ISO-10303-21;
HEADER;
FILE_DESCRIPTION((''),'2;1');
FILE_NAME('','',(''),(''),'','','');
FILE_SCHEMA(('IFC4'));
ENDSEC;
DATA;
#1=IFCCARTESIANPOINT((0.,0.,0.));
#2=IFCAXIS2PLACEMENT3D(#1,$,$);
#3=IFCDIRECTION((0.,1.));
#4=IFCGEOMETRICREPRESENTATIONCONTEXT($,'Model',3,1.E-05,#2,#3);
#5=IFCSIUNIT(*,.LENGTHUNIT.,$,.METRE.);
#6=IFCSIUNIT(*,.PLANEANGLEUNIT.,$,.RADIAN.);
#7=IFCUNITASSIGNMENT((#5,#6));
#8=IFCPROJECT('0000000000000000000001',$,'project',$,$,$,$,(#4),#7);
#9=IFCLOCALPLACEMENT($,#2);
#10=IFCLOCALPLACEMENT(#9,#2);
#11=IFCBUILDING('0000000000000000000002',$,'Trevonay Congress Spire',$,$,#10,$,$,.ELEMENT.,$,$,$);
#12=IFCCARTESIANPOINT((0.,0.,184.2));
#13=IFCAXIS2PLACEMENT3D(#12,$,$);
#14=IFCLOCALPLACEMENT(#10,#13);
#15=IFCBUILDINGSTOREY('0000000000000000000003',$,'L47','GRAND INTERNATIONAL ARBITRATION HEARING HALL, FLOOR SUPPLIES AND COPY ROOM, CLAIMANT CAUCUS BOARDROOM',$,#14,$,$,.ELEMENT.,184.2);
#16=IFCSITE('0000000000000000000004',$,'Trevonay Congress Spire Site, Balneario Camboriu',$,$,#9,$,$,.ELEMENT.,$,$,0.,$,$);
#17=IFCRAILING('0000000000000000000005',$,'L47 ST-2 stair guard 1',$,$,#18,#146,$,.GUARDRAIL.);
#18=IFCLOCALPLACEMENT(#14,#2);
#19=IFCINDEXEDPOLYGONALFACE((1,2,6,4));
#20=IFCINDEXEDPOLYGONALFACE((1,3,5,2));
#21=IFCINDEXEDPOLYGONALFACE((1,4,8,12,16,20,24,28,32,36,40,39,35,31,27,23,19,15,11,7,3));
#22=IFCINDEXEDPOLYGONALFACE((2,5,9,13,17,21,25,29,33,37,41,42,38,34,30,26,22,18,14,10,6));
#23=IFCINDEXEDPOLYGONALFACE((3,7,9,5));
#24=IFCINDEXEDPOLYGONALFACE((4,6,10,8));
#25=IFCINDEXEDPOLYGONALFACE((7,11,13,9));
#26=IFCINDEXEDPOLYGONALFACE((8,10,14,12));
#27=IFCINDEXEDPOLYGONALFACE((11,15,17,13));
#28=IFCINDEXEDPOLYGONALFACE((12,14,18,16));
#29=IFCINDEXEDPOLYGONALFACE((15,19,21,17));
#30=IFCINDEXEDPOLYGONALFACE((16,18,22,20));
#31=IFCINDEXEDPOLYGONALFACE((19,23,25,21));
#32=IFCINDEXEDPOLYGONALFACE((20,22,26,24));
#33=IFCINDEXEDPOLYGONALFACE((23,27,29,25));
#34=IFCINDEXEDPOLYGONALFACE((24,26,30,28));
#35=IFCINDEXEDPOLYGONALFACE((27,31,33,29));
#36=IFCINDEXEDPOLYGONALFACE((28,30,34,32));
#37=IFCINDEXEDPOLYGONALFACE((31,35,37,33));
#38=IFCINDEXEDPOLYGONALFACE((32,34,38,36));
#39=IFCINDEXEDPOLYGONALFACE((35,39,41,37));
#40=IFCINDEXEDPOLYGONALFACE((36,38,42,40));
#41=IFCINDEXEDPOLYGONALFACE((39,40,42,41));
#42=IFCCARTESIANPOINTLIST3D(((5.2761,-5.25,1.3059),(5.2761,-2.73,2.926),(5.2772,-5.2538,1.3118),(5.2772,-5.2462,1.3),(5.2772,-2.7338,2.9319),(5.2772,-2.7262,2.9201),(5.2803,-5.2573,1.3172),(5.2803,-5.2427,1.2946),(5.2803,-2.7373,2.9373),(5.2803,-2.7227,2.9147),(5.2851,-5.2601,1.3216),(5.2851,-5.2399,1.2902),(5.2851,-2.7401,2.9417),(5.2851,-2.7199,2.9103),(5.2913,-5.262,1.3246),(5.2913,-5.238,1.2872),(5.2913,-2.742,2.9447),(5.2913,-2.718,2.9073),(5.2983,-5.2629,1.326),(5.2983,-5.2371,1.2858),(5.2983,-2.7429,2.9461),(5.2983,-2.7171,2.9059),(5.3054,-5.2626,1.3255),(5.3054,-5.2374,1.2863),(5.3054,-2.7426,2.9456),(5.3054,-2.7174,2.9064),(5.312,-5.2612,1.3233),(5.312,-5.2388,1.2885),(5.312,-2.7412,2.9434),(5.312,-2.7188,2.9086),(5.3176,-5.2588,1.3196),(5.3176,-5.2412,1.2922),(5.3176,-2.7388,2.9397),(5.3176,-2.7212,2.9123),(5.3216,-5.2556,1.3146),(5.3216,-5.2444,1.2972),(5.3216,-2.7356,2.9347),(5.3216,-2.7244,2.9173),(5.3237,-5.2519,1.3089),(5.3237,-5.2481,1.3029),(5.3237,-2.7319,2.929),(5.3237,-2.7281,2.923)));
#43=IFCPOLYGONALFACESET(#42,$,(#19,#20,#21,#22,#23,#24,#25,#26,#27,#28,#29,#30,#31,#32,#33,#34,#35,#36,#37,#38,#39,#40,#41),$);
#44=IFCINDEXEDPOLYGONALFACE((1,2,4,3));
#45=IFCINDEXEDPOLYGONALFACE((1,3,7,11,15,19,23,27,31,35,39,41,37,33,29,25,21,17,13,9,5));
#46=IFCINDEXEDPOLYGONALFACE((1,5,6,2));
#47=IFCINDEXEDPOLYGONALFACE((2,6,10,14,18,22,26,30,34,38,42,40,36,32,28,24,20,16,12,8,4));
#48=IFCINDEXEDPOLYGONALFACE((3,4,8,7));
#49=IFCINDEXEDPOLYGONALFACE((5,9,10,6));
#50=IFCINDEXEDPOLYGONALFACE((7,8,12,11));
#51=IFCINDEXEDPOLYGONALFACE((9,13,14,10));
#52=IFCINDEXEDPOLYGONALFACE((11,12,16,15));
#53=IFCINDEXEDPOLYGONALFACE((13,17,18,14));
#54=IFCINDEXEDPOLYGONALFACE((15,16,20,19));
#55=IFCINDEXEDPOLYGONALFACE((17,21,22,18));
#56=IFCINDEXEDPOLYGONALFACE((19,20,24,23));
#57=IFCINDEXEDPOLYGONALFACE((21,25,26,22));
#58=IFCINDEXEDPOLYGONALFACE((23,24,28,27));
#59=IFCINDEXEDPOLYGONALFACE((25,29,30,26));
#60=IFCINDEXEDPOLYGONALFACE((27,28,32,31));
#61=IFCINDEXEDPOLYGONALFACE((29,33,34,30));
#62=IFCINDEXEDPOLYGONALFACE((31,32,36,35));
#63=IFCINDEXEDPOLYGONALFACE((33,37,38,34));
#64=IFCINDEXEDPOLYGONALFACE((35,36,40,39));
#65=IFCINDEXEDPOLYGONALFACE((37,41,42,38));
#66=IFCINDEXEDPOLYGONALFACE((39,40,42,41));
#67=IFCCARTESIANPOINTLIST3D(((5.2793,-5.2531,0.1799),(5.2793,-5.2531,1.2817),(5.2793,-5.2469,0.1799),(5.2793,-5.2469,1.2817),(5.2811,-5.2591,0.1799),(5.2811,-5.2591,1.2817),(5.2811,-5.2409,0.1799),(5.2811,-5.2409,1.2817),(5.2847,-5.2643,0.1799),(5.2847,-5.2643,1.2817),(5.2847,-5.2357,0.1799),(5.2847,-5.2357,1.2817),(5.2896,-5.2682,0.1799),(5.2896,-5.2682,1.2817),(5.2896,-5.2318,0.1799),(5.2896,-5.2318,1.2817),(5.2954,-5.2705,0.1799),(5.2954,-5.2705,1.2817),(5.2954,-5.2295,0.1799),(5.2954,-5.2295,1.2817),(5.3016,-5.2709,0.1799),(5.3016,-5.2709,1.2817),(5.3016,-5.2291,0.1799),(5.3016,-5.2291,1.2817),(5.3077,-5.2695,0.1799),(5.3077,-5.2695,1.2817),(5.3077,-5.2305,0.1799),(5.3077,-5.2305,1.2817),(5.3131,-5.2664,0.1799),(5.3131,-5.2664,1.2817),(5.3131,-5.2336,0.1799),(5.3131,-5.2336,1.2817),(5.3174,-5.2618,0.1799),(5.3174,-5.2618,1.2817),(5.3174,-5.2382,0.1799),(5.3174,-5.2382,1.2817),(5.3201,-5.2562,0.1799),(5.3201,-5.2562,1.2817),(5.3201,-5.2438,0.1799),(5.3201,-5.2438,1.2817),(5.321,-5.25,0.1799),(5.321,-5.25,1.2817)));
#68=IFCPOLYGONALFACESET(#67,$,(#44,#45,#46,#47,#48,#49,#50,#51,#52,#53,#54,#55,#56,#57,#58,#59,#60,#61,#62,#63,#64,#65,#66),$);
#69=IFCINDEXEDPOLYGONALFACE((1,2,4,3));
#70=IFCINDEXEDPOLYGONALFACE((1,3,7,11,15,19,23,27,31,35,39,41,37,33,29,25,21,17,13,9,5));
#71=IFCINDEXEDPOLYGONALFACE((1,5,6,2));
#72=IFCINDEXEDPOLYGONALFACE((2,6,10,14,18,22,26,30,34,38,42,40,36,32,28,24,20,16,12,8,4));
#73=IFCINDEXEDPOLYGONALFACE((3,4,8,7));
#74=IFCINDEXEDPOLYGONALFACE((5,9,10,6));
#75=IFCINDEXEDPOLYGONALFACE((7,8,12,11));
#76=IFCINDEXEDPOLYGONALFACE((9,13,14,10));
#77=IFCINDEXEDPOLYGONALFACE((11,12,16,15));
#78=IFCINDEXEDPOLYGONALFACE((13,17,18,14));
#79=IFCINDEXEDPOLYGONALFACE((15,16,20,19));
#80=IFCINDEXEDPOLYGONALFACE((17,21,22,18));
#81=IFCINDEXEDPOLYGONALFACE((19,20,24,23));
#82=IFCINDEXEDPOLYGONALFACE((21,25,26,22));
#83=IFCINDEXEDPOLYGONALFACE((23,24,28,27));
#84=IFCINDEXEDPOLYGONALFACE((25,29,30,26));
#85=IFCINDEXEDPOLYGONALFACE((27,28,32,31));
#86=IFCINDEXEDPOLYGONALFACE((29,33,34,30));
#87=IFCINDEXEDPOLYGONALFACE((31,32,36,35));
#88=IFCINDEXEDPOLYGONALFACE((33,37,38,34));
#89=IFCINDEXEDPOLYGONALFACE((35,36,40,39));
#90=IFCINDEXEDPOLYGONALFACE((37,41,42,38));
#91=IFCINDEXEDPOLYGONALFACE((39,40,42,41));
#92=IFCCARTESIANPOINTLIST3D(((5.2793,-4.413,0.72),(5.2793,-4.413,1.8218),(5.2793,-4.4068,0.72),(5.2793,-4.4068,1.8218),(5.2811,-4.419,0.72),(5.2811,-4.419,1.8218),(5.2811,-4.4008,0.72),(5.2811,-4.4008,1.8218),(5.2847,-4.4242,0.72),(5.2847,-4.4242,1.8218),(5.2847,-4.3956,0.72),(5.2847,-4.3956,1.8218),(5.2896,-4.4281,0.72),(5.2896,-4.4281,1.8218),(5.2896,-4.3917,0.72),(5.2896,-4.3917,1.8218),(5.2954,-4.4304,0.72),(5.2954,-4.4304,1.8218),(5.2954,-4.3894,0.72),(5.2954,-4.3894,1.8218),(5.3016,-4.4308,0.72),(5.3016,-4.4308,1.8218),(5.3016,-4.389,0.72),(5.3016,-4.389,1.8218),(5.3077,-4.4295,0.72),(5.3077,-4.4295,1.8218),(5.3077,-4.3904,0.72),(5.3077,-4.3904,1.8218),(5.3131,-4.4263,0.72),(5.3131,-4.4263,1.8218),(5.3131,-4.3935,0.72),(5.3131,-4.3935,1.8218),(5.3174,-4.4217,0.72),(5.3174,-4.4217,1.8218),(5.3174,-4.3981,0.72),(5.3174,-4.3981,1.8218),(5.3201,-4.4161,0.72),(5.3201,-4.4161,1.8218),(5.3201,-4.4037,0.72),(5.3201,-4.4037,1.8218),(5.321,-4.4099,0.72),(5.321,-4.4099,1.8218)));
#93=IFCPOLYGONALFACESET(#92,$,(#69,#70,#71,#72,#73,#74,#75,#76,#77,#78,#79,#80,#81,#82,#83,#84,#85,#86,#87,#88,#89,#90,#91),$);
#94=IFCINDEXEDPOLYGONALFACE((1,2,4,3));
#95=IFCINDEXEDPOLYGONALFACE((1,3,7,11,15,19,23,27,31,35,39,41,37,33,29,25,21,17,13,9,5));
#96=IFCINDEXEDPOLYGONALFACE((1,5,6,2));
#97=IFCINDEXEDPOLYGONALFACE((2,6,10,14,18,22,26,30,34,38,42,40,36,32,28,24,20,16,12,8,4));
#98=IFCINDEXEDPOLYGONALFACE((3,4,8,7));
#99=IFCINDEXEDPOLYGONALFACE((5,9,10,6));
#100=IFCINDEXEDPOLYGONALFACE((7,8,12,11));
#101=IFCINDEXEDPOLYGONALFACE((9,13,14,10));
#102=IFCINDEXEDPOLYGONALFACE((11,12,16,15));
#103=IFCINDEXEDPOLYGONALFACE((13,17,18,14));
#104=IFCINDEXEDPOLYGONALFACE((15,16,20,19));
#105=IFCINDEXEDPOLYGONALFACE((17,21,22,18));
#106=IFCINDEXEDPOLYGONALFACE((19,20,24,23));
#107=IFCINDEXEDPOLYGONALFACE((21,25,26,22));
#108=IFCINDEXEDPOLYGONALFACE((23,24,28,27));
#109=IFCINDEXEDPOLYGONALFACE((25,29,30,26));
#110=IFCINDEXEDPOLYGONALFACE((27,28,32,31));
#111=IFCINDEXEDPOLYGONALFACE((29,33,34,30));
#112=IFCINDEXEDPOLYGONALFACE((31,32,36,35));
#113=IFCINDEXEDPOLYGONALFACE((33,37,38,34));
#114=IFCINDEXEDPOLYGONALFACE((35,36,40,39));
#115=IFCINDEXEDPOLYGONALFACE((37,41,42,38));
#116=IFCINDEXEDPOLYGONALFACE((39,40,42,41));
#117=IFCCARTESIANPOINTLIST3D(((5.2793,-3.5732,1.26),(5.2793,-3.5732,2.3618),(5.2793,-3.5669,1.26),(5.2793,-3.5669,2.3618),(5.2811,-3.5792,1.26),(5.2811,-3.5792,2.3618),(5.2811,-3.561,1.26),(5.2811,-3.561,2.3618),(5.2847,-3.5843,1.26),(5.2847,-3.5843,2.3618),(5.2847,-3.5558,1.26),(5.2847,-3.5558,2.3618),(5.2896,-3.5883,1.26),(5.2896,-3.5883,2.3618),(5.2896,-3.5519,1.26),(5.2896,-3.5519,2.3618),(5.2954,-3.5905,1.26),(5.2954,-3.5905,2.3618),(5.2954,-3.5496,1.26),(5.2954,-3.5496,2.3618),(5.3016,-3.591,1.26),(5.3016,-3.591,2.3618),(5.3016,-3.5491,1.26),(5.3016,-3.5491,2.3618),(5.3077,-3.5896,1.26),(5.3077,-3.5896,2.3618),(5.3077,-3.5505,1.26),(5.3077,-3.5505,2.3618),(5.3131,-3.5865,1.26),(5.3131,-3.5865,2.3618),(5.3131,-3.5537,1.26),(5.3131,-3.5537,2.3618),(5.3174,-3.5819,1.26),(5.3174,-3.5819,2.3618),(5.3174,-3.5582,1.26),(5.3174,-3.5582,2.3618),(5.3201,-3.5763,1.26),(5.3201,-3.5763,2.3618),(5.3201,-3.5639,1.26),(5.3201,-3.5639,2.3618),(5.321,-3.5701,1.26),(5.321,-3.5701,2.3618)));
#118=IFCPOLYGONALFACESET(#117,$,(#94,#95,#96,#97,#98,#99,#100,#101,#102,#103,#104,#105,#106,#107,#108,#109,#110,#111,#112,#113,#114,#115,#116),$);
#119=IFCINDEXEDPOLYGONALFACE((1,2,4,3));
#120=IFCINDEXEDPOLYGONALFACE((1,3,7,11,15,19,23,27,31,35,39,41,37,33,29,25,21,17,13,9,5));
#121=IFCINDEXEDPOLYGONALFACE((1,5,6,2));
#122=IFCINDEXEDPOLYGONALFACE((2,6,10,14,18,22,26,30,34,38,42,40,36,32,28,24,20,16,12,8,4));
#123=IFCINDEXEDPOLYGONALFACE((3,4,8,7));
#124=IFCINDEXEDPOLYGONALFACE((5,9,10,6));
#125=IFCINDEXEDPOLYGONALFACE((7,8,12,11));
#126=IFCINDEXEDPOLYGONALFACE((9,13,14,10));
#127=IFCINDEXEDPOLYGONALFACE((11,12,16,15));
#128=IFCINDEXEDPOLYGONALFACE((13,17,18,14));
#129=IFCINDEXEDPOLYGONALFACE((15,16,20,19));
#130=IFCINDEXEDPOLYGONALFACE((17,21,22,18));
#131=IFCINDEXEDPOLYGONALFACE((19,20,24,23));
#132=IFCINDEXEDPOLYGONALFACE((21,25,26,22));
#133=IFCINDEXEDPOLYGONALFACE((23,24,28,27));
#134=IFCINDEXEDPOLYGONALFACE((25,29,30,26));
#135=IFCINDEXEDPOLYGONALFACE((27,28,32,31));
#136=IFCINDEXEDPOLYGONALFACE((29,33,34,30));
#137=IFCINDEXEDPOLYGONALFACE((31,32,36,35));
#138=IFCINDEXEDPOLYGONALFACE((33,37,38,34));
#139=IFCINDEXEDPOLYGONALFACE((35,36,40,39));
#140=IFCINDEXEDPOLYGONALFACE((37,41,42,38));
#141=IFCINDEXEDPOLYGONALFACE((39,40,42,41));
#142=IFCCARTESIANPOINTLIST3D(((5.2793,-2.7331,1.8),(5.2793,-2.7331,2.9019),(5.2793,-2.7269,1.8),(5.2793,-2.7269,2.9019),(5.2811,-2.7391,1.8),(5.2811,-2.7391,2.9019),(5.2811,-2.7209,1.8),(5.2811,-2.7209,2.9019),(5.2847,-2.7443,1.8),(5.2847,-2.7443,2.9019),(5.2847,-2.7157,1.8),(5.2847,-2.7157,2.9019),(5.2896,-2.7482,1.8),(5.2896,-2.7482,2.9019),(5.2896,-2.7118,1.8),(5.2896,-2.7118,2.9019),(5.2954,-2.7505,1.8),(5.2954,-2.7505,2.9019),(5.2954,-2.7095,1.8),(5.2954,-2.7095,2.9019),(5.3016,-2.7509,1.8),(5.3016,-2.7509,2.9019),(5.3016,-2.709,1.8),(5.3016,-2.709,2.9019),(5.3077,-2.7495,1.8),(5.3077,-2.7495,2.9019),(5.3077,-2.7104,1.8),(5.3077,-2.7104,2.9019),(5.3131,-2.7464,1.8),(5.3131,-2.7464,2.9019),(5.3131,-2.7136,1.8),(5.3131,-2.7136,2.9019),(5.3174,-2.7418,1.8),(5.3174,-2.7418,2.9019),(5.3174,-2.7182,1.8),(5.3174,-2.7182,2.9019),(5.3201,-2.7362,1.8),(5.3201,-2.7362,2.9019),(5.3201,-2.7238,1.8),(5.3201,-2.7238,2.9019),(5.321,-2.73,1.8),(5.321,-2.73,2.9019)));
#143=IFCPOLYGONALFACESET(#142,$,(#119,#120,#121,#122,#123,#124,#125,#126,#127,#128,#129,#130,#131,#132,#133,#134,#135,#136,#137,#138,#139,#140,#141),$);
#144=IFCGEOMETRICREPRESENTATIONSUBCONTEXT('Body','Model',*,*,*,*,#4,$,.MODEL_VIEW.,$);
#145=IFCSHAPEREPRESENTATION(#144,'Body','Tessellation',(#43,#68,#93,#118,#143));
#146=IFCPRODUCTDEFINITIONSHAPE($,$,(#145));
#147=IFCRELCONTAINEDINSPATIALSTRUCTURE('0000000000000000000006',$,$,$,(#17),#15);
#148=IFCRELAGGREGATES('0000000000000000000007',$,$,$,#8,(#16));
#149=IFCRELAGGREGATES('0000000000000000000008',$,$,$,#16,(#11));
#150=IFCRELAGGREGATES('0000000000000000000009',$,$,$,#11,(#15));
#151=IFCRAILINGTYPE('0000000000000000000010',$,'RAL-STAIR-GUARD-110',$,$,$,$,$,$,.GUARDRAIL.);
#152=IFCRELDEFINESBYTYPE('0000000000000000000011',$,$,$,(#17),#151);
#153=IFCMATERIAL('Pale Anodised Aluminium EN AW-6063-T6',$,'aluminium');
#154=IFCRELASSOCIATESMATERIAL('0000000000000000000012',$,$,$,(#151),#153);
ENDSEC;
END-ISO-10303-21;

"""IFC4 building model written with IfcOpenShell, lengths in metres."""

from ifc_helpers import new_model, si_unit, direction, frame, origin, origin_2d, place, context, subcontext, project, spatial, circle, extrude, material, type_object, element, save


model = new_model("IFC4")

# Units and contexts
model_context = context("Model", 3, precision=1e-05, world=origin(), true_north=direction((0.0, 1.0)))
body_context = subcontext(model_context, "Body", "Model", "MODEL_VIEW")
ifc_project = project(units=[si_unit("LENGTHUNIT", "METRE"), si_unit("PLANEANGLEUNIT", "RADIAN")], contexts=[model_context])

# Site, building, storey
site_placement = place(None, origin())
site = spatial("IfcSite", under=ifc_project, at=site_placement, Name="Trevonay Congress Spire Site, Balneario Camboriu", CompositionType="ELEMENT", RefElevation=0.0)
building_placement = place(site_placement, origin())
building = spatial("IfcBuilding", under=site, at=building_placement, Name="Trevonay Congress Spire", CompositionType="ELEMENT")
storey_placement = place(building_placement, frame((0.0, 0.0, 184.2)))
storey = spatial("IfcBuildingStorey", under=building, at=storey_placement, Name="L47", Description="GRAND INTERNATIONAL ARBITRATION HEARING HALL, FLOOR SUPPLIES AND COPY ROOM, CLAIMANT CAUCUS BOARDROOM", CompositionType="ELEMENT", Elevation=184.2)

# Railing
ifc_material_1 = material(Name="Pale Anodised Aluminium EN AW-6063-T6", Category="aluminium")
railing_type_1 = type_object("IfcRailingType", Name="RAL-STAIR-GUARD-110", PredefinedType="GUARDRAIL", material=ifc_material_1)
railing_1_placement = place(storey_placement, frame((5.3, -5.25, 0.1799)))
element("IfcRailing", 1, at=railing_1_placement, inside=storey, type_object=railing_type_1, Name="L47 ST-2 stair guard 1", PredefinedType="GUARDRAIL", context=body_context, shape_type="SweptSolid", body=[
    extrude(circle(Radius=0.0239, at=origin_2d()), frame((0.0, 0.0, 1.126), z_axis=(0.0, 0.841163, 0.540782), x_axis=(-1.0, 0.0, 0.0)), (0.0, 0.0, 1.0), 2.9958),
    extrude(circle(Radius=0.021, at=origin_2d()), origin(), (0.0, 0.0, 1.0), 1.1018),
    extrude(circle(Radius=0.021, at=origin_2d()), frame((0.0, 0.8401, 0.54)), (0.0, 0.0, 1.0), 1.1018),
    extrude(circle(Radius=0.021, at=origin_2d()), frame((0.0, 1.6799, 1.0801)), (0.0, 0.0, 1.0), 1.1018),
    extrude(circle(Radius=0.021, at=origin_2d()), frame((0.0, 2.52, 1.6201)), (0.0, 0.0, 1.0), 1.1018),
])

save(model, "model.ifc")
